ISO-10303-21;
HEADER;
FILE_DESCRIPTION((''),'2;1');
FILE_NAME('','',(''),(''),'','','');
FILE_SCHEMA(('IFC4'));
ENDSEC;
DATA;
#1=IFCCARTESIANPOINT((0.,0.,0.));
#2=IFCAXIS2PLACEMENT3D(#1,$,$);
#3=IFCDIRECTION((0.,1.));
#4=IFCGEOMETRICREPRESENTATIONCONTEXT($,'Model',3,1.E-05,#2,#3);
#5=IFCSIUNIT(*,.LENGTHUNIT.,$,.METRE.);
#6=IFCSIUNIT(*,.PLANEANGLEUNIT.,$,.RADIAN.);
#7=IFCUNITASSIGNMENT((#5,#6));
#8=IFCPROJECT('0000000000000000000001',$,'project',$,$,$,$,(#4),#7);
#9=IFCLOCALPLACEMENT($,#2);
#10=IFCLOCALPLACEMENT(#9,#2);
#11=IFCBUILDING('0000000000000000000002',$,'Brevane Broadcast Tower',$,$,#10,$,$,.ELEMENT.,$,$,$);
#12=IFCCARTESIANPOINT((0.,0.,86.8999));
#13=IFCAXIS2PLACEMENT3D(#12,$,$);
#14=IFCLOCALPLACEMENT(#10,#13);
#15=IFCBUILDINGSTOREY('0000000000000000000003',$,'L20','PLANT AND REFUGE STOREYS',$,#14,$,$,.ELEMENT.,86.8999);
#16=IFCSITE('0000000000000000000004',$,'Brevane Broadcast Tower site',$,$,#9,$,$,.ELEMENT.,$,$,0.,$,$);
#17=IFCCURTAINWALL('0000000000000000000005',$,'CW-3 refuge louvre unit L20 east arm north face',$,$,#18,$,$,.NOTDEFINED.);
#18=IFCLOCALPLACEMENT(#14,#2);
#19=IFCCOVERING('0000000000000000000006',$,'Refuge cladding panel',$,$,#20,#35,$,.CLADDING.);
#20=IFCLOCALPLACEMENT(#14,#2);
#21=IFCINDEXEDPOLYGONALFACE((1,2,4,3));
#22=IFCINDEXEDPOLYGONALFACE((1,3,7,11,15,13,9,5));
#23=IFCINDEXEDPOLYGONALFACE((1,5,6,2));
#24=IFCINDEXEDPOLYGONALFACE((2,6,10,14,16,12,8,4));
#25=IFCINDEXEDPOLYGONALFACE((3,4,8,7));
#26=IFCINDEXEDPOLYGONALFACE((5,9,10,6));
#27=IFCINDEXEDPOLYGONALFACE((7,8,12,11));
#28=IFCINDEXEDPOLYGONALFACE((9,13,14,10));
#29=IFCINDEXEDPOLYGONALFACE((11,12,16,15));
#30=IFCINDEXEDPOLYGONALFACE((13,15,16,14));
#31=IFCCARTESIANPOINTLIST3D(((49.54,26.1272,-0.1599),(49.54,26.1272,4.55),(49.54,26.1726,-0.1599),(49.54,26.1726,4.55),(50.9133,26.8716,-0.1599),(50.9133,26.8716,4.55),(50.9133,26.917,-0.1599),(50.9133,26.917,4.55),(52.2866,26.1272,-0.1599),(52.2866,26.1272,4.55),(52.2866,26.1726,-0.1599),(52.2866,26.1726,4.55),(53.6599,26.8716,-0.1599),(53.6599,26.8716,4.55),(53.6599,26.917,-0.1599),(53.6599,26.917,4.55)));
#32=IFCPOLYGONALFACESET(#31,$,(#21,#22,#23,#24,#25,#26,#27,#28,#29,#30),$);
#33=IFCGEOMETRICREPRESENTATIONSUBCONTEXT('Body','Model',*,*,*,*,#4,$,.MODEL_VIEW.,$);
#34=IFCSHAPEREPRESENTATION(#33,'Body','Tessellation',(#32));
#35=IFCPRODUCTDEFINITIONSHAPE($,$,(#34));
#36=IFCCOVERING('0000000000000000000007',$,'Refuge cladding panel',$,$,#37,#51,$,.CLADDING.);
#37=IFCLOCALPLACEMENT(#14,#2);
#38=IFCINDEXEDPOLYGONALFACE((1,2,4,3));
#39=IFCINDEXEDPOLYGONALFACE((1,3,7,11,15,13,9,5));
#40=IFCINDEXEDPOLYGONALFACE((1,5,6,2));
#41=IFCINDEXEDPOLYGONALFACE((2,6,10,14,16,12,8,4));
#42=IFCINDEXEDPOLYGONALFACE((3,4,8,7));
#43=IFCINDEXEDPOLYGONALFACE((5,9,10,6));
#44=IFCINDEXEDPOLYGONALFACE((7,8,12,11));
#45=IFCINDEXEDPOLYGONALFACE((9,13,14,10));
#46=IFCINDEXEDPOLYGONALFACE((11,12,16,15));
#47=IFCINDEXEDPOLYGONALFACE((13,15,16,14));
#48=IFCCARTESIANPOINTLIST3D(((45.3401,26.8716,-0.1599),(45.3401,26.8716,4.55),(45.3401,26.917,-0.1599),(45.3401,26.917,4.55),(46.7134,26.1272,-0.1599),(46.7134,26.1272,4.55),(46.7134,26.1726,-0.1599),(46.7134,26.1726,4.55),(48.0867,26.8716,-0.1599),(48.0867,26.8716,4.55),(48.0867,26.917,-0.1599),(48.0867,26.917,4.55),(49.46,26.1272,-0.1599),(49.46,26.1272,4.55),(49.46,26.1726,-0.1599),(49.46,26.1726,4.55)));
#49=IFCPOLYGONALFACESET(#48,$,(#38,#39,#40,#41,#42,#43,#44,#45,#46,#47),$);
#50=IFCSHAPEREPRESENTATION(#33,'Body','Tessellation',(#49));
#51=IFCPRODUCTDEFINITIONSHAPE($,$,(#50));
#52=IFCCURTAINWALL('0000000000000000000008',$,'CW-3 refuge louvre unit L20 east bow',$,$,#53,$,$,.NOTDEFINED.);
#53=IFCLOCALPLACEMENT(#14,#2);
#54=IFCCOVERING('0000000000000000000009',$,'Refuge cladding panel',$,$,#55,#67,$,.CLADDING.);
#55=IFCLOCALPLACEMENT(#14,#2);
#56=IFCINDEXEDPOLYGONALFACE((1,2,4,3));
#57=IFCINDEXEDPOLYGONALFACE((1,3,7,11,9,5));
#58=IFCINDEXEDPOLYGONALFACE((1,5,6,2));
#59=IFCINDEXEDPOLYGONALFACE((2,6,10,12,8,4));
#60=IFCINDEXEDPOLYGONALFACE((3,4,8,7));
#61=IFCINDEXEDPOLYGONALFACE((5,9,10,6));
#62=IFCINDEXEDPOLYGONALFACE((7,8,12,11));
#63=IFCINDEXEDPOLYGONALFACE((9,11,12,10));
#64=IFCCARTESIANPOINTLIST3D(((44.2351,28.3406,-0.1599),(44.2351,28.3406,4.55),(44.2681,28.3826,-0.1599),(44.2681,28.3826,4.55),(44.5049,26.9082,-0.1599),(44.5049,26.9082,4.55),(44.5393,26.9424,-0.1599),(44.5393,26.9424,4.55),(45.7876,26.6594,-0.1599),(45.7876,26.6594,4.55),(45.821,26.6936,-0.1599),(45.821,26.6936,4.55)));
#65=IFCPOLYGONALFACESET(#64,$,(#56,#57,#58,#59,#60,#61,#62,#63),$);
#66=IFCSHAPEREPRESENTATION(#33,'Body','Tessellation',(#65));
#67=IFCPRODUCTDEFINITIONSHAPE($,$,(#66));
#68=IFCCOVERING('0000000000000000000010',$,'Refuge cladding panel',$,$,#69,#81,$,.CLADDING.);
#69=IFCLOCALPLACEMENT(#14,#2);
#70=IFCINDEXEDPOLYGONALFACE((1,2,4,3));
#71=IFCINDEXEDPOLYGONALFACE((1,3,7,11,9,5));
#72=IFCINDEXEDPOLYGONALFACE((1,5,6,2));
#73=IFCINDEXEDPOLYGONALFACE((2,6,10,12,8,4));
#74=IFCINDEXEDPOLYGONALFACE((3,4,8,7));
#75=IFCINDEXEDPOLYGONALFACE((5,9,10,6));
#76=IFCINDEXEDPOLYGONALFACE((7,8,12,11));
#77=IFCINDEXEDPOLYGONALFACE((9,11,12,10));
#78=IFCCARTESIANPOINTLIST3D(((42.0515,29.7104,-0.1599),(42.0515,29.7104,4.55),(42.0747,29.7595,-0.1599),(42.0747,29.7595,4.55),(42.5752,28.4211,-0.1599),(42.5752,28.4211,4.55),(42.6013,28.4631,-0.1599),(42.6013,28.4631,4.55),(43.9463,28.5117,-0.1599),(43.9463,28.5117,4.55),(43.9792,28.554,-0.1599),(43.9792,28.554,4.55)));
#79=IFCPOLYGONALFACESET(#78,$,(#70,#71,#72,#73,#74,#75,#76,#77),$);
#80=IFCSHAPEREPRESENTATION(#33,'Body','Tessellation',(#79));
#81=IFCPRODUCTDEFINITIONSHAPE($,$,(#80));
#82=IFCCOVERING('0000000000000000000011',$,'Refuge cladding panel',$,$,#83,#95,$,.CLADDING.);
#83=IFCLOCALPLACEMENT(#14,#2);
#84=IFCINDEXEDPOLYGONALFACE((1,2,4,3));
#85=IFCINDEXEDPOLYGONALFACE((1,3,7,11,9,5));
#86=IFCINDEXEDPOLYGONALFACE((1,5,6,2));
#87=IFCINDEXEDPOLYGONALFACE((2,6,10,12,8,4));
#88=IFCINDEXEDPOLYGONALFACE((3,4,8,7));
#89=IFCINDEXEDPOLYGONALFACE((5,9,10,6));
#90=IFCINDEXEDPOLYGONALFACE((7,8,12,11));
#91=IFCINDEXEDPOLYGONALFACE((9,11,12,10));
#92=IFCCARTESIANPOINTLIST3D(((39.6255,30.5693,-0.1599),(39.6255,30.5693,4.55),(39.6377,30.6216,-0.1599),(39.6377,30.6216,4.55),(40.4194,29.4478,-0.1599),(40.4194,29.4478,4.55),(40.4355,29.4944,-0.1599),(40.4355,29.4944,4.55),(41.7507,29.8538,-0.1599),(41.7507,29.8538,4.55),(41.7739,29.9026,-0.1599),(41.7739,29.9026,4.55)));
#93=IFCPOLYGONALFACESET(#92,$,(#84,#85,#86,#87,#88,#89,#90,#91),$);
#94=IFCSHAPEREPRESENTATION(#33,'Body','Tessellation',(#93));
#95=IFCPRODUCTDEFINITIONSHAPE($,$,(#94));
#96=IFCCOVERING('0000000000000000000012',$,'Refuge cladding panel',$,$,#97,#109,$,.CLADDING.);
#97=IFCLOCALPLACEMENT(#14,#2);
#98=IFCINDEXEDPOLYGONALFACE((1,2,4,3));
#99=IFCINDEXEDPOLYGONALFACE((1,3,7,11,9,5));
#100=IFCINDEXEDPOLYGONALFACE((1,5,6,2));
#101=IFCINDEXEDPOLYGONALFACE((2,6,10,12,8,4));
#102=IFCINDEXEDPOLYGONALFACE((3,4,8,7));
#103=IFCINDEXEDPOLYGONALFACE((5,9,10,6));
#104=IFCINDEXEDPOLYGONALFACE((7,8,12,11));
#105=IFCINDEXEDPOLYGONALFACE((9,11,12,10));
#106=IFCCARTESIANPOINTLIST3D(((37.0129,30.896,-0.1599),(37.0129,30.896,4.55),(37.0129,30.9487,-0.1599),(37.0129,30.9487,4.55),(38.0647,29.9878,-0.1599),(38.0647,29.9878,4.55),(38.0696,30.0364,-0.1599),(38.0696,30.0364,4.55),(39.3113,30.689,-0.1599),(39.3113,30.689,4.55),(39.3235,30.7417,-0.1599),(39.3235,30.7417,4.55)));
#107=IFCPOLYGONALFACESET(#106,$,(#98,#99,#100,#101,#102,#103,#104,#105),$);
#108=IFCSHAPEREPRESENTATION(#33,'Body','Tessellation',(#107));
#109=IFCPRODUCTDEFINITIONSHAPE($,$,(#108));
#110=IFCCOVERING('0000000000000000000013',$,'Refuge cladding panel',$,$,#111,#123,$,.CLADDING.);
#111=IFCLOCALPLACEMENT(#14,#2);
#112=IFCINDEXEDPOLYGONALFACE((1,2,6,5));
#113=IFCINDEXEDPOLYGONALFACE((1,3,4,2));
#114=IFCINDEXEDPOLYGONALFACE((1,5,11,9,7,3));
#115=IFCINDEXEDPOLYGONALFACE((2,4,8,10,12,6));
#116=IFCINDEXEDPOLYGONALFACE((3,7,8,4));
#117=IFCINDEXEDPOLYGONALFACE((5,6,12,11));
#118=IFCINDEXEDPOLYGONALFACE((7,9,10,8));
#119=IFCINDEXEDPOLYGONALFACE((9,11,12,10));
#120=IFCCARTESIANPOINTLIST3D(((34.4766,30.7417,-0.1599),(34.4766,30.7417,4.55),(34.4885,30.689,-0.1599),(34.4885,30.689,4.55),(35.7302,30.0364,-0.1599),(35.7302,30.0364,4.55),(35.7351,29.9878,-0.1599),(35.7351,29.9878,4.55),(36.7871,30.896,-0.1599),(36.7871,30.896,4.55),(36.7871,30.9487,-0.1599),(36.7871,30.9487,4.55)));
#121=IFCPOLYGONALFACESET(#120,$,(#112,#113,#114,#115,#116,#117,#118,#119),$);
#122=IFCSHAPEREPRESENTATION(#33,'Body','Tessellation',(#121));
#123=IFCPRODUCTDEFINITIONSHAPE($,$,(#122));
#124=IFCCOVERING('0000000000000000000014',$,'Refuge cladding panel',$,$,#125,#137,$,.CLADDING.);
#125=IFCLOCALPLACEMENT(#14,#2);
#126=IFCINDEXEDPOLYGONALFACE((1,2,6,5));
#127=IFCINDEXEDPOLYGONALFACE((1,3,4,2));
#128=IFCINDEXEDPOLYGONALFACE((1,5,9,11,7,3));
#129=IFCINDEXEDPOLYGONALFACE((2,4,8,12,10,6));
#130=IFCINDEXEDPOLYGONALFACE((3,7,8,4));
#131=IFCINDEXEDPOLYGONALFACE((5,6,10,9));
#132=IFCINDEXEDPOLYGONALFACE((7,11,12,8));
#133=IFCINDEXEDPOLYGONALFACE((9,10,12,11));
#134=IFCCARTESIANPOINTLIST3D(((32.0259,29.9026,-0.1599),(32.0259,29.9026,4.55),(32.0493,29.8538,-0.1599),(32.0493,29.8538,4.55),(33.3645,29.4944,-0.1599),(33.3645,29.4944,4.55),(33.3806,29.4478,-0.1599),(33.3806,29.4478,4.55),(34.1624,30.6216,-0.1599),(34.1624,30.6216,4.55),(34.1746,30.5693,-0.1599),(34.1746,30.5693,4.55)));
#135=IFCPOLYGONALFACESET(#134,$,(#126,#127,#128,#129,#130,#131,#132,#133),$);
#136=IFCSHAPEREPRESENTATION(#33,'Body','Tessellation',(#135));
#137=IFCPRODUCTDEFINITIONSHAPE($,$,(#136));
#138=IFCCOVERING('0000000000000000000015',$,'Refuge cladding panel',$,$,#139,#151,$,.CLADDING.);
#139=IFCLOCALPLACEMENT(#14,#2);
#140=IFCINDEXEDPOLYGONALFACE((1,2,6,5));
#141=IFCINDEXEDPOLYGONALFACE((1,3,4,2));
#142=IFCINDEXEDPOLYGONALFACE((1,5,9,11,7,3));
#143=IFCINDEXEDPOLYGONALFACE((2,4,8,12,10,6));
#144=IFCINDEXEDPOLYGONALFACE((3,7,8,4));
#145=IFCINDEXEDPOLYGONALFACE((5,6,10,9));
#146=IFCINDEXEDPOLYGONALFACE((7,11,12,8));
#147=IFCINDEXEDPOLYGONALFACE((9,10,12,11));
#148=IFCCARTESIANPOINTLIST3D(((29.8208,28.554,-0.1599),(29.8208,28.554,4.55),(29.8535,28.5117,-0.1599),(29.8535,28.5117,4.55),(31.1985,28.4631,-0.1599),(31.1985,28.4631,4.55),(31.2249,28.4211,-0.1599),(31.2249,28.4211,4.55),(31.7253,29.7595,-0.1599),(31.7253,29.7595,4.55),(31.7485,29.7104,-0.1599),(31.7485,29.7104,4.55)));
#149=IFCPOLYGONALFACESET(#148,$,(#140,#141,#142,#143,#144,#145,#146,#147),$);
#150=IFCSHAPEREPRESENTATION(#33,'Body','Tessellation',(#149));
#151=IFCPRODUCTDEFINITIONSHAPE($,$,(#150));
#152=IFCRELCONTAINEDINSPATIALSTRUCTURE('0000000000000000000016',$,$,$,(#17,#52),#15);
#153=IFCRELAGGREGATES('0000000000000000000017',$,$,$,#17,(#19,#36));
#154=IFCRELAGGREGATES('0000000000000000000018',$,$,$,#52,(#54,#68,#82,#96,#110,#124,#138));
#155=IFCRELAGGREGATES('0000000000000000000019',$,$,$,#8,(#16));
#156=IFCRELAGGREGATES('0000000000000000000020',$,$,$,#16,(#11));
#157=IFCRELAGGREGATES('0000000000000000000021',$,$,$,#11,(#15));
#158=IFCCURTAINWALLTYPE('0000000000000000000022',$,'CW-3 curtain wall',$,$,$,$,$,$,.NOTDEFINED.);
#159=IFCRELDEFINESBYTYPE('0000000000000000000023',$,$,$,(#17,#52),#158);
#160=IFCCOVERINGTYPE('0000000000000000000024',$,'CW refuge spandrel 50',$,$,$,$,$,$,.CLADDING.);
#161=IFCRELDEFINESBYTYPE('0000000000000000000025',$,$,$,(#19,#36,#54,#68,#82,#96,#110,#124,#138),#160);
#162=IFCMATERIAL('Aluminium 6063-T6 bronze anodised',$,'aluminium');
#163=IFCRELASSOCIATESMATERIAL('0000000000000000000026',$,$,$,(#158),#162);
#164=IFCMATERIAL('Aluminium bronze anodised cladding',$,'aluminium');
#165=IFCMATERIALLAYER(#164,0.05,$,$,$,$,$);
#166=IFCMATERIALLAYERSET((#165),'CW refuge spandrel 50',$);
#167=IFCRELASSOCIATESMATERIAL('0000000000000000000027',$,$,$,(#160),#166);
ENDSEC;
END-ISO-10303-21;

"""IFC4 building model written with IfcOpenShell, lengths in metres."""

from ifc_helpers import new_model, si_unit, direction, frame, origin, place, context, subcontext, project, spatial, polyline, outline, extrude, material, layer, layer_set, type_object, element, aggregate, save


model = new_model("IFC4")

# Units and contexts
model_context = context("Model", 3, precision=1e-05, world=origin(), true_north=direction((0.0, 1.0)))
body_context = subcontext(model_context, "Body", "Model", "MODEL_VIEW")
ifc_project = project(units=[si_unit("LENGTHUNIT", "METRE"), si_unit("PLANEANGLEUNIT", "RADIAN")], contexts=[model_context])

# Site, building, storey
site_placement = place(None, origin())
site = spatial("IfcSite", under=ifc_project, at=site_placement, Name="Brevane Broadcast Tower site", CompositionType="ELEMENT", RefElevation=0.0)
building_placement = place(site_placement, origin())
building = spatial("IfcBuilding", under=site, at=building_placement, Name="Brevane Broadcast Tower", CompositionType="ELEMENT")
storey_placement = place(building_placement, frame((0.0, 0.0, 86.8999)))
storey = spatial("IfcBuildingStorey", under=building, at=storey_placement, Name="L20", Description="PLANT AND REFUGE STOREYS", CompositionType="ELEMENT", Elevation=86.8999)

# Curtain walls, coverings
ifc_material_1 = material(Name="Aluminium 6063-T6 bronze anodised", Category="aluminium")
curtain_wall_type = type_object("IfcCurtainWallType", Name="CW-3 curtain wall", PredefinedType="NOTDEFINED", material=ifc_material_1)
ifc_material_2 = material(Name="Aluminium bronze anodised cladding", Category="aluminium")
ifc_layer = layer(ifc_material_2, 0.05)
ifc_layer_set = layer_set([ifc_layer], Name="CW refuge spandrel 50")
covering_type = type_object("IfcCoveringType", Name="CW refuge spandrel 50", PredefinedType="CLADDING", material=ifc_layer_set)
curtain_wall_1_placement = place(storey_placement, origin())
curtain_wall_1 = element("IfcCurtainWall", 1, at=curtain_wall_1_placement, inside=storey, type_object=curtain_wall_type, Name="CW-3 refuge louvre unit L20 east arm north face", PredefinedType="NOTDEFINED")
covering_1_placement = place(storey_placement, frame((0.0, 0.0, -0.1599)))
covering_1 = element("IfcCovering", 2, at=covering_1_placement, type_object=covering_type, Name="Refuge cladding panel", PredefinedType="CLADDING", context=body_context, shape_type="SweptSolid", body=[
    extrude(outline(polyline([(53.6599, 26.8716), (53.6599, 26.917), (52.2866, 26.1726), (50.9133, 26.917), (49.54, 26.1726), (49.54, 26.1272), (50.9133, 26.8716), (52.2866, 26.1272), (53.6599, 26.8716)])), origin(), (0.0, 0.0, 1.0), 4.71),
])
covering_2_placement = place(storey_placement, frame((0.0, 0.0, -0.1599)))
covering_2 = element("IfcCovering", 3, at=covering_2_placement, type_object=covering_type, Name="Refuge cladding panel", PredefinedType="CLADDING", context=body_context, shape_type="SweptSolid", body=[
    extrude(outline(polyline([(49.46, 26.1272), (49.46, 26.1726), (48.0867, 26.917), (46.7134, 26.1726), (45.3401, 26.917), (45.3401, 26.8716), (46.7134, 26.1272), (48.0867, 26.8716), (49.46, 26.1272)])), origin(), (0.0, 0.0, 1.0), 4.71),
])
aggregate(curtain_wall_1, [covering_1, covering_2])
curtain_wall_2_placement = place(storey_placement, origin())
curtain_wall_2 = element("IfcCurtainWall", 4, at=curtain_wall_2_placement, inside=storey, type_object=curtain_wall_type, Name="CW-3 refuge louvre unit L20 east bow", PredefinedType="NOTDEFINED")
covering_3_placement = place(storey_placement, frame((0.0, 0.0, -0.1599)))
covering_3 = element("IfcCovering", 5, at=covering_3_placement, type_object=covering_type, Name="Refuge cladding panel", PredefinedType="CLADDING", context=body_context, shape_type="SweptSolid", body=[
    extrude(outline(polyline([(45.7876, 26.6594), (45.821, 26.6936), (44.5393, 26.9424), (44.2681, 28.3826), (44.2351, 28.3406), (44.5049, 26.9082), (45.7876, 26.6594)])), origin(), (0.0, 0.0, 1.0), 4.71),
])
covering_4_placement = place(storey_placement, frame((0.0, 0.0, -0.1599)))
covering_4 = element("IfcCovering", 6, at=covering_4_placement, type_object=covering_type, Name="Refuge cladding panel", PredefinedType="CLADDING", context=body_context, shape_type="SweptSolid", body=[
    extrude(outline(polyline([(43.9463, 28.5117), (43.9792, 28.554), (42.6013, 28.4631), (42.0747, 29.7595), (42.0515, 29.7104), (42.5752, 28.4211), (43.9463, 28.5117)])), origin(), (0.0, 0.0, 1.0), 4.71),
])
covering_5_placement = place(storey_placement, frame((0.0, 0.0, -0.1599)))
covering_5 = element("IfcCovering", 7, at=covering_5_placement, type_object=covering_type, Name="Refuge cladding panel", PredefinedType="CLADDING", context=body_context, shape_type="SweptSolid", body=[
    extrude(outline(polyline([(41.7507, 29.8538), (41.7739, 29.9026), (40.4355, 29.4944), (39.6377, 30.6216), (39.6255, 30.5693), (40.4194, 29.4478), (41.7507, 29.8538)])), origin(), (0.0, 0.0, 1.0), 4.71),
])
covering_6_placement = place(storey_placement, frame((0.0, 0.0, -0.1599)))
covering_6 = element("IfcCovering", 8, at=covering_6_placement, type_object=covering_type, Name="Refuge cladding panel", PredefinedType="CLADDING", context=body_context, shape_type="SweptSolid", body=[
    extrude(outline(polyline([(39.3113, 30.689), (39.3235, 30.7417), (38.0696, 30.0364), (37.0129, 30.9487), (37.0129, 30.896), (38.0647, 29.9878), (39.3113, 30.689)])), origin(), (0.0, 0.0, 1.0), 4.71),
])
covering_7_placement = place(storey_placement, frame((0.0, 0.0, -0.1599)))
covering_7 = element("IfcCovering", 9, at=covering_7_placement, type_object=covering_type, Name="Refuge cladding panel", PredefinedType="CLADDING", context=body_context, shape_type="SweptSolid", body=[
    extrude(outline(polyline([(36.7871, 30.896), (36.7871, 30.9487), (35.7302, 30.0364), (34.4766, 30.7417), (34.4885, 30.689), (35.7351, 29.9878), (36.7871, 30.896)])), origin(), (0.0, 0.0, 1.0), 4.71),
])
covering_8_placement = place(storey_placement, frame((0.0, 0.0, -0.1599)))
covering_8 = element("IfcCovering", 10, at=covering_8_placement, type_object=covering_type, Name="Refuge cladding panel", PredefinedType="CLADDING", context=body_context, shape_type="SweptSolid", body=[
    extrude(outline(polyline([(34.1746, 30.5693), (34.1624, 30.6216), (33.3645, 29.4944), (32.0259, 29.9026), (32.0493, 29.8538), (33.3806, 29.4478), (34.1746, 30.5693)])), origin(), (0.0, 0.0, 1.0), 4.71),
])
covering_9_placement = place(storey_placement, frame((0.0, 0.0, -0.1599)))
covering_9 = element("IfcCovering", 11, at=covering_9_placement, type_object=covering_type, Name="Refuge cladding panel", PredefinedType="CLADDING", context=body_context, shape_type="SweptSolid", body=[
    extrude(outline(polyline([(31.7485, 29.7104), (31.7253, 29.7595), (31.1985, 28.4631), (29.8208, 28.554), (29.8535, 28.5117), (31.2249, 28.4211), (31.7485, 29.7104)])), origin(), (0.0, 0.0, 1.0), 4.71),
])
aggregate(curtain_wall_2, [covering_3, covering_4, covering_5, covering_6, covering_7, covering_8, covering_9])

save(model, "model.ifc")
